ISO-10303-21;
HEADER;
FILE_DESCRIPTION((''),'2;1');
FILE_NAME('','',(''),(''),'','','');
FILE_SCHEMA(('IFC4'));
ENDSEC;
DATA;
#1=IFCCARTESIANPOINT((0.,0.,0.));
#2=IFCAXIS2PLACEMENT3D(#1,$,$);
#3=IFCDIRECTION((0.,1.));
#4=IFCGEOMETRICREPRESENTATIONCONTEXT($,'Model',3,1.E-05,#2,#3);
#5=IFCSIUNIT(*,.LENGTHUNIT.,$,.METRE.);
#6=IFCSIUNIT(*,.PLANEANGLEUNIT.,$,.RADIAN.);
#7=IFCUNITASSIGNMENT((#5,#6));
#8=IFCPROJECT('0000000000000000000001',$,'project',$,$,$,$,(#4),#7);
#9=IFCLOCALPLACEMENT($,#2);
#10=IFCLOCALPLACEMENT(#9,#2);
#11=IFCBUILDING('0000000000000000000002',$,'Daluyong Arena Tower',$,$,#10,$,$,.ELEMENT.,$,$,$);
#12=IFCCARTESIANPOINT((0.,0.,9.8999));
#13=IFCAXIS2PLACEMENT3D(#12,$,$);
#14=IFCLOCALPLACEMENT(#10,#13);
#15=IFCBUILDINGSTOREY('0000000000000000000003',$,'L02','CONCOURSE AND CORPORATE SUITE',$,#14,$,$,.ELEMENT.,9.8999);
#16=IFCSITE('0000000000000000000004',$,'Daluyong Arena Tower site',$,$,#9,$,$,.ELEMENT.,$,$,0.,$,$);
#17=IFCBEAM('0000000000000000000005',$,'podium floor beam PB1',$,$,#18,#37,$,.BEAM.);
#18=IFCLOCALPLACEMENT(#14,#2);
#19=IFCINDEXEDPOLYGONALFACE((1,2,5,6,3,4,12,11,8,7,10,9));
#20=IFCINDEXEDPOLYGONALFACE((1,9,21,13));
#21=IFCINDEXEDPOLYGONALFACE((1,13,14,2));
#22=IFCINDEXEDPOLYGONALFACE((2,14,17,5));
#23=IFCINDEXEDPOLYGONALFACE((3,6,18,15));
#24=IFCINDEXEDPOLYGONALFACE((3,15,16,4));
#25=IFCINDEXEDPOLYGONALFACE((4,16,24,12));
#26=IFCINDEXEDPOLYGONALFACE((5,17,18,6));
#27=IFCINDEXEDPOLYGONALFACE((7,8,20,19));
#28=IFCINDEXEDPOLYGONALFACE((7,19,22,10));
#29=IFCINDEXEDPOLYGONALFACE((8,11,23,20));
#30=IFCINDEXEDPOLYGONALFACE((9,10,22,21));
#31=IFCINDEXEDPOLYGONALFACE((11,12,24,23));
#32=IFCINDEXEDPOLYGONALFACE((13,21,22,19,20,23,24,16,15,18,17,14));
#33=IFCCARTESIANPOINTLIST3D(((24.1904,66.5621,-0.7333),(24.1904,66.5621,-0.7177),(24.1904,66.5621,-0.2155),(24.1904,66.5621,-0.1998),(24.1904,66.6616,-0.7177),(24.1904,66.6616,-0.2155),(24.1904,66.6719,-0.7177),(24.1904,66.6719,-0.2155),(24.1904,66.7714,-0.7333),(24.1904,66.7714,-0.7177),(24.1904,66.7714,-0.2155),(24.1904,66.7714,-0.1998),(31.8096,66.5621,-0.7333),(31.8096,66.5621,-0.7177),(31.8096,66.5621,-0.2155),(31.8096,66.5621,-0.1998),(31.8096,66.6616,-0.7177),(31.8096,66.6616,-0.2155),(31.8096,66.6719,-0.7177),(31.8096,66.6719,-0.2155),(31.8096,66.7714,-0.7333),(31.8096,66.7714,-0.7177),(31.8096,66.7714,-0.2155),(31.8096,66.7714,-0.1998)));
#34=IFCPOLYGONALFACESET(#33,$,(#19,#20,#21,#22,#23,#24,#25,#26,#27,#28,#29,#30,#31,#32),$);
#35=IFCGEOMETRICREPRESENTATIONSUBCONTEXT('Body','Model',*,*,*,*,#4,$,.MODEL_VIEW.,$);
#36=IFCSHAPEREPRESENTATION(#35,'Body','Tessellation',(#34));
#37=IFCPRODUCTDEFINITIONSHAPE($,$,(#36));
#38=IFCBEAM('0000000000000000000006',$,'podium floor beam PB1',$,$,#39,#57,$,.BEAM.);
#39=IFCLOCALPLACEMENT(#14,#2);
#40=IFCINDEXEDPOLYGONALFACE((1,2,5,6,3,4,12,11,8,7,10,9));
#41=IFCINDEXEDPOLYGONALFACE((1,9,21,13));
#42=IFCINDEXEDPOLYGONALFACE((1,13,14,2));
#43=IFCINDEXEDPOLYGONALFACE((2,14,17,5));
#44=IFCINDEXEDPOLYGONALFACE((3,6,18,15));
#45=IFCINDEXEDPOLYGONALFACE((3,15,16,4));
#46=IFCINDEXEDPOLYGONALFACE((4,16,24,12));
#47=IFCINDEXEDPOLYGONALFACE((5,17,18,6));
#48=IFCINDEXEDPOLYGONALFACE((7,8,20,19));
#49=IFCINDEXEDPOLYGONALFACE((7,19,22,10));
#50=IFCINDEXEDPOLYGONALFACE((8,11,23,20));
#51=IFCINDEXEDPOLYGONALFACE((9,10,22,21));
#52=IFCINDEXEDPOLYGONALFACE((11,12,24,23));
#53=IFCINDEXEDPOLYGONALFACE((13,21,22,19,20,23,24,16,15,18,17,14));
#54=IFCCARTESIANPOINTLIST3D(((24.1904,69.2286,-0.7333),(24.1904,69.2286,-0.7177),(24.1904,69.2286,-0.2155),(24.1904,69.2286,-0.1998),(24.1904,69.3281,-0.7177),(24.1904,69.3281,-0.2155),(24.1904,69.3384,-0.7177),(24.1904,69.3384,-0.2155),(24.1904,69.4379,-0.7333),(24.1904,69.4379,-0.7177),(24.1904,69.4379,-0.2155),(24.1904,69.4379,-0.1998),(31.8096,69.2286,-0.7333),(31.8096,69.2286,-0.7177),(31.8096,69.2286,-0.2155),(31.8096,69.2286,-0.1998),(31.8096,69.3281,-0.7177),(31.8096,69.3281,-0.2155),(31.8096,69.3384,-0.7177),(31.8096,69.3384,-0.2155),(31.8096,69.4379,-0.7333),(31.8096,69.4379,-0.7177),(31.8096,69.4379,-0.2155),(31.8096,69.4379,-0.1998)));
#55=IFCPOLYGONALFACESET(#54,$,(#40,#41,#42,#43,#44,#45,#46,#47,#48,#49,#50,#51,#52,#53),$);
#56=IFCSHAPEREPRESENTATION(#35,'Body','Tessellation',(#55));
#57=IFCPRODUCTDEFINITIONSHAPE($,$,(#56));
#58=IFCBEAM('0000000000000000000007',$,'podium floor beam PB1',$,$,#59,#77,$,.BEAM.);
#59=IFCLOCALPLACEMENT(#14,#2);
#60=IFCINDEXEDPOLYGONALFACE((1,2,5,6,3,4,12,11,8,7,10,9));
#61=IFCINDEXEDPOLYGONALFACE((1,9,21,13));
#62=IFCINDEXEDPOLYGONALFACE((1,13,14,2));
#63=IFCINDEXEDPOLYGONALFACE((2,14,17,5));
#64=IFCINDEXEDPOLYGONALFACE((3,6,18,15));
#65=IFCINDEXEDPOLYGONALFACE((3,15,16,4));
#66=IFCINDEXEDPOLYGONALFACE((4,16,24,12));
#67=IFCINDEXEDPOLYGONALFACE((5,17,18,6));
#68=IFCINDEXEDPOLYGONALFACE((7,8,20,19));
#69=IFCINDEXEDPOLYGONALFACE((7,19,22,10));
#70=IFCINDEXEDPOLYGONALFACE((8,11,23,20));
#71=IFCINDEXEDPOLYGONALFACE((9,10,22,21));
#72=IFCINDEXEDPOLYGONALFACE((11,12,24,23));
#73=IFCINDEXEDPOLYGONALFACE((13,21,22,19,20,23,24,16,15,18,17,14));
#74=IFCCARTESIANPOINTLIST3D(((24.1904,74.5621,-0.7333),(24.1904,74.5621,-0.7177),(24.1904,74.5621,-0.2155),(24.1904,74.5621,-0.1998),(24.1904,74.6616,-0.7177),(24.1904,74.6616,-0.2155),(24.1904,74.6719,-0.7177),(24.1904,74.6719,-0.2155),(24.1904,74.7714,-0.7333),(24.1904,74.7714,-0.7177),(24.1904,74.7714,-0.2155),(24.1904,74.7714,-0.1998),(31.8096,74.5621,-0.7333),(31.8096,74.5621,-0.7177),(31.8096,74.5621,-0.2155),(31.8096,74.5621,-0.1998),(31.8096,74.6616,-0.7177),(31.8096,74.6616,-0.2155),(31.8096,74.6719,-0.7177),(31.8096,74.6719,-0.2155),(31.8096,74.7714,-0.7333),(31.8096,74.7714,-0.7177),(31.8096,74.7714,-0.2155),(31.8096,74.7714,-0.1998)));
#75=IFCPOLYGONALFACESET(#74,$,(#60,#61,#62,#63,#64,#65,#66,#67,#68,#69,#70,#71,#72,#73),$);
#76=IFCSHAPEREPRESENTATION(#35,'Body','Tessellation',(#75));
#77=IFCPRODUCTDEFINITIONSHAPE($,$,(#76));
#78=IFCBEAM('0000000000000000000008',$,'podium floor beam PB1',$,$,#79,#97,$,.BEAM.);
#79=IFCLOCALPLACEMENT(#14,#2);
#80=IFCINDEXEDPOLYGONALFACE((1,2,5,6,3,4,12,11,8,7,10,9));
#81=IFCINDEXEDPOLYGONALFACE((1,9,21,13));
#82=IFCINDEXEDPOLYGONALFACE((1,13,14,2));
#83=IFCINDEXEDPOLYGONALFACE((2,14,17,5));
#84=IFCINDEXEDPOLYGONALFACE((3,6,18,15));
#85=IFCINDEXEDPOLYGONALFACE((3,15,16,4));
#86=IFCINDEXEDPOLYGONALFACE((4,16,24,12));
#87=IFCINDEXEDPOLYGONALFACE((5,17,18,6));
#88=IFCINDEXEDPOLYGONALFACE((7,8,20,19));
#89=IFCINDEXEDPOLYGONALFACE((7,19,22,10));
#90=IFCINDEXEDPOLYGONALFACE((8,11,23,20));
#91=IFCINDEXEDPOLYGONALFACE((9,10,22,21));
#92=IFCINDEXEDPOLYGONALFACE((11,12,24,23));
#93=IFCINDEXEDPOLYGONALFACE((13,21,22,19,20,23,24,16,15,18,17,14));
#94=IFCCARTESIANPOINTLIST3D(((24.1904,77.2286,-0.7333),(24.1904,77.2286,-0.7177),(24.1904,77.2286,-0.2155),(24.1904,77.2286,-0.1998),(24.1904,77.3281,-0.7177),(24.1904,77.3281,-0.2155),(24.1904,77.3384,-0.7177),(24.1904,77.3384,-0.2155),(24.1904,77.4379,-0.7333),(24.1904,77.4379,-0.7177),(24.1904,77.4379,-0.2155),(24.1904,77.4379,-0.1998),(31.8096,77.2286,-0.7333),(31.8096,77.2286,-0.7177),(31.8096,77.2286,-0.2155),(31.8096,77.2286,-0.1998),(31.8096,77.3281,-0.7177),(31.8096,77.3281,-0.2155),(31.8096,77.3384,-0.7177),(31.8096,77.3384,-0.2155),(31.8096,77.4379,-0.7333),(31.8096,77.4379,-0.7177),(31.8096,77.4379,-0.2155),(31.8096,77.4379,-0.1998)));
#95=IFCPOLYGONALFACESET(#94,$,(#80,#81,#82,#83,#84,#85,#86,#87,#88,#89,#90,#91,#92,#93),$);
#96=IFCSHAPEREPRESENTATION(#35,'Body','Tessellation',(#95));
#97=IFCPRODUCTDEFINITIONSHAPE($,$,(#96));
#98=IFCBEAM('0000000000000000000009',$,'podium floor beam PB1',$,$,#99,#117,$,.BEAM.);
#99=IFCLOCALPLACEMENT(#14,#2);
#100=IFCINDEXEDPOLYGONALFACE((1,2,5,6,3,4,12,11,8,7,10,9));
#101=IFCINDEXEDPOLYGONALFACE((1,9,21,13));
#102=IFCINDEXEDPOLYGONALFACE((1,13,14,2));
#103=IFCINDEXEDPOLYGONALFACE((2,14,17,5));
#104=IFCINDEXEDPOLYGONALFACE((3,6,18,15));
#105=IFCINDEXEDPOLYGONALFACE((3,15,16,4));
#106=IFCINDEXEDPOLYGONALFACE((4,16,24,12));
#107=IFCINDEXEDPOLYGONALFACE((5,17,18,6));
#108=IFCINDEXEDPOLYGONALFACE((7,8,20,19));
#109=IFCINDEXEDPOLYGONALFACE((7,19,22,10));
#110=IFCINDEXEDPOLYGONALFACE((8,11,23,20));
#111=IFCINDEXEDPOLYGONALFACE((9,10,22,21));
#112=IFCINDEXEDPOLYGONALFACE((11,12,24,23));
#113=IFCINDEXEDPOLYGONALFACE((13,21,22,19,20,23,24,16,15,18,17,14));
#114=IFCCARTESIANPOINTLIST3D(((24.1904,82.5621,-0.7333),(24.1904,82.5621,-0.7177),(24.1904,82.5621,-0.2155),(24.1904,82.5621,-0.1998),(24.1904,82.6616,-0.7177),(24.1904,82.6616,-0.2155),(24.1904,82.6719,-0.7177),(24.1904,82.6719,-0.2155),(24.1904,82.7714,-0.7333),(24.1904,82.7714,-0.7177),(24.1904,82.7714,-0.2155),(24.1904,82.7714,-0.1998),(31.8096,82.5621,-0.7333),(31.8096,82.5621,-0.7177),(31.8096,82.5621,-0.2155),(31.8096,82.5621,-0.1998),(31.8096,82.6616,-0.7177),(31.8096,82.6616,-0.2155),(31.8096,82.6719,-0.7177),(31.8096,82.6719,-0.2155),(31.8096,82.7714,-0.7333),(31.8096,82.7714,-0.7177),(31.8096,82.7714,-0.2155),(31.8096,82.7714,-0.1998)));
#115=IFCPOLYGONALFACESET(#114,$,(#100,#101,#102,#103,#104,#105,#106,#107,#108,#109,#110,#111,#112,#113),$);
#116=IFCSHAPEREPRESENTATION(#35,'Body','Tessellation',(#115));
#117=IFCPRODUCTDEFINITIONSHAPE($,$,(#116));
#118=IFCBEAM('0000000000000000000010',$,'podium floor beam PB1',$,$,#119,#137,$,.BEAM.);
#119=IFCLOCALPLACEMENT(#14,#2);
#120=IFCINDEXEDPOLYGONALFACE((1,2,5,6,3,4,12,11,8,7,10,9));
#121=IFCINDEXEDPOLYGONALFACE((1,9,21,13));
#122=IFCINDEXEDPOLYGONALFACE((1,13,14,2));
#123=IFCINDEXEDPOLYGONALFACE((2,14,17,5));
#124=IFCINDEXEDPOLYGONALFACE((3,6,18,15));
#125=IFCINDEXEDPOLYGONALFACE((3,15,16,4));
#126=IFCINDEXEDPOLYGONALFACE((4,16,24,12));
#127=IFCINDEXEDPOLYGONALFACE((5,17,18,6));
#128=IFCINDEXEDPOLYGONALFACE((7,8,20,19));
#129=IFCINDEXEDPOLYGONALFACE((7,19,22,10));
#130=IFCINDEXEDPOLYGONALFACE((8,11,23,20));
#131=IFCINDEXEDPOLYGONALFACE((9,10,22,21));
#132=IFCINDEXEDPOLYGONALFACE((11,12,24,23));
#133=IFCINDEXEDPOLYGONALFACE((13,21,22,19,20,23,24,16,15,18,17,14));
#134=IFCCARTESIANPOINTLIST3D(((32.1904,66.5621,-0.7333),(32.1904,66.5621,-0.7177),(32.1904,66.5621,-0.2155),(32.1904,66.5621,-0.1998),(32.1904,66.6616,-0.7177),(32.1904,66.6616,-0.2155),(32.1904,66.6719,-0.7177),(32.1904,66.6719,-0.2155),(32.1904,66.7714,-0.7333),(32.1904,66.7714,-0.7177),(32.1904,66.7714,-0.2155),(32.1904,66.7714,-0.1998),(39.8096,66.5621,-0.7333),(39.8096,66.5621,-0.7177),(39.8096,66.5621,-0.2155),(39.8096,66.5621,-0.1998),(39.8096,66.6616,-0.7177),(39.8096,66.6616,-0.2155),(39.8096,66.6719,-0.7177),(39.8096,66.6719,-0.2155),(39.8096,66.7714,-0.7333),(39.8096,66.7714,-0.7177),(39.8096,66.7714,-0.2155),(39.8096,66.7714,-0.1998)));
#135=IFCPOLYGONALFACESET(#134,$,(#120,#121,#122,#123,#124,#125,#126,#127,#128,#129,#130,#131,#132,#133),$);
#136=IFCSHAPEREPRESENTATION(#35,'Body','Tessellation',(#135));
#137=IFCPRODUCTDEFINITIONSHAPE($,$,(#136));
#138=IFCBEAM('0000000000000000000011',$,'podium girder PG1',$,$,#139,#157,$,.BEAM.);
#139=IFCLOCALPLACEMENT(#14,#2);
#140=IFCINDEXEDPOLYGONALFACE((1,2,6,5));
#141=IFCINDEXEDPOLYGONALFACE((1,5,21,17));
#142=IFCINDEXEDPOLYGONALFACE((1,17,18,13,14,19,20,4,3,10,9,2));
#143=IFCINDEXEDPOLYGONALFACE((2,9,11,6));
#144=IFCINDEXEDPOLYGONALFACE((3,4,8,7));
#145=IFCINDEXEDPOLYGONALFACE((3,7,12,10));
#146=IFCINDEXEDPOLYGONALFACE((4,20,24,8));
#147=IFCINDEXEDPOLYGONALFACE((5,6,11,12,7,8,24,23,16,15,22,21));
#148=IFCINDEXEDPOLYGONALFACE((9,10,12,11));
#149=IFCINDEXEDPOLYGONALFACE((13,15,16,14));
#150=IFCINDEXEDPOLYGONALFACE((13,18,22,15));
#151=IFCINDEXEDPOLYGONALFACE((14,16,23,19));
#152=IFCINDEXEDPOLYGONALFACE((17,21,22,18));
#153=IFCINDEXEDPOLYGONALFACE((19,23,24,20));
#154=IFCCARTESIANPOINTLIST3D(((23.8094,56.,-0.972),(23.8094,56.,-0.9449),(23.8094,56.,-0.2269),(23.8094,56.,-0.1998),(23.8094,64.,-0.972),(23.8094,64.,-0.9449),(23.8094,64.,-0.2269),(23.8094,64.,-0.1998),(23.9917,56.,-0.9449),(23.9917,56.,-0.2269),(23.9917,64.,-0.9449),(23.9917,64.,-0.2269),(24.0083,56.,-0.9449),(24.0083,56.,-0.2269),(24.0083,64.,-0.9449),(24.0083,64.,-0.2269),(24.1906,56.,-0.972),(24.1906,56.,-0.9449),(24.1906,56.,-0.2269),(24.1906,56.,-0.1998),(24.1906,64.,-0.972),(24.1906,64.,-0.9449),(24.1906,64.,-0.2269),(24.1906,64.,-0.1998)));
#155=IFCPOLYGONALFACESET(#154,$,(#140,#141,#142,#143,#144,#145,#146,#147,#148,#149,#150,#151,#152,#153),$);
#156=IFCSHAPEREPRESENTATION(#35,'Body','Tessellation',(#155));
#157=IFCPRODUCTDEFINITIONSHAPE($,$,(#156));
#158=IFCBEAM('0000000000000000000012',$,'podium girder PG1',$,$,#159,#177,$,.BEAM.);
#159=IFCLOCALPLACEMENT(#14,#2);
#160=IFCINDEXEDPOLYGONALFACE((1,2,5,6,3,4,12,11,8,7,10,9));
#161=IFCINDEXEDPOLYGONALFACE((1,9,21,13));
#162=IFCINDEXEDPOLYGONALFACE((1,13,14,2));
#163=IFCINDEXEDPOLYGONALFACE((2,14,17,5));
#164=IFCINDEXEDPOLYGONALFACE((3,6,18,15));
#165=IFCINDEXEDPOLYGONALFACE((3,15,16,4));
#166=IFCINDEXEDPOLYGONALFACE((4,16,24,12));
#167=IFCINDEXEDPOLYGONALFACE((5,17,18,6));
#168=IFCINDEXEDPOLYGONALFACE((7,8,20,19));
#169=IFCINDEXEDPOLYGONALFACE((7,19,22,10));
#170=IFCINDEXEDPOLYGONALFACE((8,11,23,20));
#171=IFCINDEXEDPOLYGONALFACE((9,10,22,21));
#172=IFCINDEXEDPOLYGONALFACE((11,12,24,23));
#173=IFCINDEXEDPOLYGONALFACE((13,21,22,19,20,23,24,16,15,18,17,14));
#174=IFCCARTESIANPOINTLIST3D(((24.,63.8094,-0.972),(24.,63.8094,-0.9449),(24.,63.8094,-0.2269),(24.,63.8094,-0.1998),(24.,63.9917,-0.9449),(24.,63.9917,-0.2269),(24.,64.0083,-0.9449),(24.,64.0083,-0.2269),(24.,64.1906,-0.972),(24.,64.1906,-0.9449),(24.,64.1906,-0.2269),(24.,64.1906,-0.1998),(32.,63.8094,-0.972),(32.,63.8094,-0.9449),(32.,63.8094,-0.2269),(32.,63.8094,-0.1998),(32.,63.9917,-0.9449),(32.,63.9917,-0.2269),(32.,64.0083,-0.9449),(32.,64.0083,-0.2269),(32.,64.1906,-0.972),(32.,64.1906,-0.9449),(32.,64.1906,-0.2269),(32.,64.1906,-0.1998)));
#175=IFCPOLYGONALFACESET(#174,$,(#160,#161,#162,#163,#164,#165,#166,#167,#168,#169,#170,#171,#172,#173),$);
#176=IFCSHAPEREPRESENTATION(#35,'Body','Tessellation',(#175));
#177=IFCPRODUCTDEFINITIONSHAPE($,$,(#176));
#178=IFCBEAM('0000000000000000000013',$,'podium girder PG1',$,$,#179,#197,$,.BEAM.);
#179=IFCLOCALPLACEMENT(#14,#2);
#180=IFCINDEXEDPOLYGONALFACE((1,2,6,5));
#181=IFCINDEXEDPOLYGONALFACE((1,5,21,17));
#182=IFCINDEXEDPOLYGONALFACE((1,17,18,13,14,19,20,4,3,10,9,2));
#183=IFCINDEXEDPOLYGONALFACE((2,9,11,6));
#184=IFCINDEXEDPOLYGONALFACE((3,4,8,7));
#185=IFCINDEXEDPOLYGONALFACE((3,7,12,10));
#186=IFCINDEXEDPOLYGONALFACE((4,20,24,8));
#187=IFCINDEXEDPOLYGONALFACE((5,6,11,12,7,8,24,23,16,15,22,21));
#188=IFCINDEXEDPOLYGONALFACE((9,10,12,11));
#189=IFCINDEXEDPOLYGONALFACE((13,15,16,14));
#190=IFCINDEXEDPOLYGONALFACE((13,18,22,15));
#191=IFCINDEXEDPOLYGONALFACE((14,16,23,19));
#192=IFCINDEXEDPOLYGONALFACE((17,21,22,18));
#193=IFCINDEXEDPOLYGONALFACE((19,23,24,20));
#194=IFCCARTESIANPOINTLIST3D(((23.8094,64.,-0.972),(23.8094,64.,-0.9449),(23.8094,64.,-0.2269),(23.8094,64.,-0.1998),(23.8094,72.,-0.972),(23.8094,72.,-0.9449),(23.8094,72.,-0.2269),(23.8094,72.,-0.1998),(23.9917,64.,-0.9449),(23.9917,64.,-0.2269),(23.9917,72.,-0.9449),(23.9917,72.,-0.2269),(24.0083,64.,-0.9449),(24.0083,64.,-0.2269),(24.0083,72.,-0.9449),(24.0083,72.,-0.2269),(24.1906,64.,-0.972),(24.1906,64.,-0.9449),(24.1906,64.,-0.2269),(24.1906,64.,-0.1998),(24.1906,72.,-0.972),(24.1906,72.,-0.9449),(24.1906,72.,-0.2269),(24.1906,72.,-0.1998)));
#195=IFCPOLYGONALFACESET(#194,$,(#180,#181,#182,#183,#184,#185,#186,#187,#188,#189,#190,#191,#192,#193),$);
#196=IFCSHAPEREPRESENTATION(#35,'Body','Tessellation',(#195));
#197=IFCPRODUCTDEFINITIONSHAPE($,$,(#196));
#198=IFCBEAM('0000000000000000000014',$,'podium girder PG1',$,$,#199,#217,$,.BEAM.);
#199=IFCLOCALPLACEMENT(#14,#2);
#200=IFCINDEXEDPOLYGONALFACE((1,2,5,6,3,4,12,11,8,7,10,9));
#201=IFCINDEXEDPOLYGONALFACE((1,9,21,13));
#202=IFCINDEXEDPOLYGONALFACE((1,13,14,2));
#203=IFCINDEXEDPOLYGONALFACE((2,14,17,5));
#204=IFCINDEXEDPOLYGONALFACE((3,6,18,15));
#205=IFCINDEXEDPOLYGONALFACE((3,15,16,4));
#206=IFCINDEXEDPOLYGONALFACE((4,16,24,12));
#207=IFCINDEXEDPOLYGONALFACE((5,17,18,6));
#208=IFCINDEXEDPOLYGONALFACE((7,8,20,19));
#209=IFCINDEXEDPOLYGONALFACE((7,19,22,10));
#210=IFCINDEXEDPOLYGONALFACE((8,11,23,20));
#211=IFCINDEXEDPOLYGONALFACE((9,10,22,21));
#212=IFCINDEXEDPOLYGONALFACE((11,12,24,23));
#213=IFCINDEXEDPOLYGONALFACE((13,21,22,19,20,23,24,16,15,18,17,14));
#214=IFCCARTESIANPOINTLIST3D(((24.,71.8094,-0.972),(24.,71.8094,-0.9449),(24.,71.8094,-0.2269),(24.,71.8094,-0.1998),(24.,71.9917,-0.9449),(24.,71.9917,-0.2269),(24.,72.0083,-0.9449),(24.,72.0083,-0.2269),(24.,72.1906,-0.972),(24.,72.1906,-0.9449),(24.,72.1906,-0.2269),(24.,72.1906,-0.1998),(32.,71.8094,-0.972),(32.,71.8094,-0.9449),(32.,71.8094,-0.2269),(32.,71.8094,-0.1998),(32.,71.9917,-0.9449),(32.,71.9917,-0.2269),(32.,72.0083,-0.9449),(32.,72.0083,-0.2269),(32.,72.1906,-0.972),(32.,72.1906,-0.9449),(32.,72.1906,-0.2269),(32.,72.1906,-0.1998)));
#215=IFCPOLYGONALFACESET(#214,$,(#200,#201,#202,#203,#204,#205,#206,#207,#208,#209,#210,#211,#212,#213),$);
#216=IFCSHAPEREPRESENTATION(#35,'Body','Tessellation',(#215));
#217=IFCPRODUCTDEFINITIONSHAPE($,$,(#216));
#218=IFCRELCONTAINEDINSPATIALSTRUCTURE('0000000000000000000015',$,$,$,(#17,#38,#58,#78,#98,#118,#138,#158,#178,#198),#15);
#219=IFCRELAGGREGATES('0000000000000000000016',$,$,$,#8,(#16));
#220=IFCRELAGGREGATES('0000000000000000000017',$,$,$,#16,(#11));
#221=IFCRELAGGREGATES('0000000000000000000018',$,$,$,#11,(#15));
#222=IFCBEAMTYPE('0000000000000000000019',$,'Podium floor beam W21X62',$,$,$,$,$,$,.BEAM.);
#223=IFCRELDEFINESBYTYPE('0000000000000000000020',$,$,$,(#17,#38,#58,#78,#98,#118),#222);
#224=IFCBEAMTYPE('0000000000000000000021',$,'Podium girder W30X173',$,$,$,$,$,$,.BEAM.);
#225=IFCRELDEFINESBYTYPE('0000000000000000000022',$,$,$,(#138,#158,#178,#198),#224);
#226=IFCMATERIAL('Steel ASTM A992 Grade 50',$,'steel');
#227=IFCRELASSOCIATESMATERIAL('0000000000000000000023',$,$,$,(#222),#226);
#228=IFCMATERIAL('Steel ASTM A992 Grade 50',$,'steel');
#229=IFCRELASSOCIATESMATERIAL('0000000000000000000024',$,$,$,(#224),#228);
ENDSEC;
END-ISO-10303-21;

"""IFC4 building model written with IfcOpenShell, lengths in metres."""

from ifc_helpers import new_model, si_unit, direction, frame, origin, origin_2d, place, context, subcontext, project, spatial, i_section, extrude, material, material_profile, profile_set, type_object, element, save


model = new_model("IFC4")

# Units and contexts
model_context = context("Model", 3, precision=1e-05, world=origin(), true_north=direction((0.0, 1.0)))
body_context = subcontext(model_context, "Body", "Model", "MODEL_VIEW")
ifc_project = project(units=[si_unit("LENGTHUNIT", "METRE"), si_unit("PLANEANGLEUNIT", "RADIAN")], contexts=[model_context])

# Site, building, storey
site_placement = place(None, origin())
site = spatial("IfcSite", under=ifc_project, at=site_placement, Name="Daluyong Arena Tower site", CompositionType="ELEMENT", RefElevation=0.0)
building_placement = place(site_placement, origin())
building = spatial("IfcBuilding", under=site, at=building_placement, Name="Daluyong Arena Tower", CompositionType="ELEMENT")
storey_placement = place(building_placement, frame((0.0, 0.0, 9.8999)))
storey = spatial("IfcBuildingStorey", under=building, at=storey_placement, Name="L02", Description="CONCOURSE AND CORPORATE SUITE", CompositionType="ELEMENT", Elevation=9.8999)

# Beams
ifc_material_1 = material(Name="Steel ASTM A992 Grade 50", Category="steel")
ifc_material_profile_1 = material_profile(ifc_material_1, i_section(OverallWidth=0.2092, OverallDepth=0.5334, WebThickness=0.0103, FlangeThickness=0.0156, at=origin_2d()))
ifc_profile_set_1 = profile_set([ifc_material_profile_1], Name="Steel ASTM A992 Grade 50")
beam_type_1 = type_object("IfcBeamType", Name="Podium floor beam W21X62", PredefinedType="BEAM", material=ifc_profile_set_1)
for number, where, z_axis, x_axis, name in (
    (1, (24.1904, 66.6667, -0.4666), (1.0, 0.0, 0.0), (0.0, 1.0, 0.0), "podium floor beam PB1"),
    (2, (24.1904, 69.3333, -0.4666), (1.0, 0.0, 0.0), (0.0, 1.0, 0.0), "podium floor beam PB1"),
    (3, (24.1904, 74.6667, -0.4666), (1.0, 0.0, 0.0), (0.0, 1.0, 0.0), "podium floor beam PB1"),
    (4, (24.1904, 77.3333, -0.4666), (1.0, 0.0, 0.0), (0.0, 1.0, 0.0), "podium floor beam PB1"),
    (5, (24.1904, 82.6667, -0.4666), (1.0, 0.0, 0.0), (0.0, 1.0, 0.0), "podium floor beam PB1"),
    (6, (32.1904, 66.6667, -0.4666), (1.0, 0.0, 0.0), (0.0, 1.0, 0.0), "podium floor beam PB1"),
):
    element("IfcBeam", number, at=place(storey_placement, frame(where, z_axis=z_axis, x_axis=x_axis)), inside=storey, type_object=beam_type_1, Name=name, PredefinedType="BEAM", context=body_context, shape_type="SweptSolid", body=[
        extrude(i_section(OverallWidth=0.2092, OverallDepth=0.5334, WebThickness=0.0103, FlangeThickness=0.0156, at=origin_2d()), origin(), (0.0, 0.0, 1.0), 7.6191),
    ])
ifc_material_2 = material(Name="Steel ASTM A992 Grade 50", Category="steel")
ifc_material_profile_2 = material_profile(ifc_material_2, i_section(OverallWidth=0.3811, OverallDepth=0.7722, WebThickness=0.0166, FlangeThickness=0.0271, at=origin_2d()))
ifc_profile_set_2 = profile_set([ifc_material_profile_2], Name="Steel ASTM A992 Grade 50")
beam_type_2 = type_object("IfcBeamType", Name="Podium girder W30X173", PredefinedType="BEAM", material=ifc_profile_set_2)
for number, where, z_axis, x_axis, name in (
    (7, (24.0, 56.0, -0.5859), (0.0, 1.0, 0.0), (-1.0, 0.0, 0.0), "podium girder PG1"),
    (8, (24.0, 64.0, -0.5859), (1.0, 0.0, 0.0), (0.0, 1.0, 0.0), "podium girder PG1"),
    (9, (24.0, 64.0, -0.5859), (0.0, 1.0, 0.0), (-1.0, 0.0, 0.0), "podium girder PG1"),
    (10, (24.0, 72.0, -0.5859), (1.0, 0.0, 0.0), (0.0, 1.0, 0.0), "podium girder PG1"),
):
    element("IfcBeam", number, at=place(storey_placement, frame(where, z_axis=z_axis, x_axis=x_axis)), inside=storey, type_object=beam_type_2, Name=name, PredefinedType="BEAM", context=body_context, shape_type="SweptSolid", body=[
        extrude(i_section(OverallWidth=0.3811, OverallDepth=0.7722, WebThickness=0.0166, FlangeThickness=0.0271, at=origin_2d()), origin(), (0.0, 0.0, 1.0), 8.0),
    ])

save(model, "model.ifc")
